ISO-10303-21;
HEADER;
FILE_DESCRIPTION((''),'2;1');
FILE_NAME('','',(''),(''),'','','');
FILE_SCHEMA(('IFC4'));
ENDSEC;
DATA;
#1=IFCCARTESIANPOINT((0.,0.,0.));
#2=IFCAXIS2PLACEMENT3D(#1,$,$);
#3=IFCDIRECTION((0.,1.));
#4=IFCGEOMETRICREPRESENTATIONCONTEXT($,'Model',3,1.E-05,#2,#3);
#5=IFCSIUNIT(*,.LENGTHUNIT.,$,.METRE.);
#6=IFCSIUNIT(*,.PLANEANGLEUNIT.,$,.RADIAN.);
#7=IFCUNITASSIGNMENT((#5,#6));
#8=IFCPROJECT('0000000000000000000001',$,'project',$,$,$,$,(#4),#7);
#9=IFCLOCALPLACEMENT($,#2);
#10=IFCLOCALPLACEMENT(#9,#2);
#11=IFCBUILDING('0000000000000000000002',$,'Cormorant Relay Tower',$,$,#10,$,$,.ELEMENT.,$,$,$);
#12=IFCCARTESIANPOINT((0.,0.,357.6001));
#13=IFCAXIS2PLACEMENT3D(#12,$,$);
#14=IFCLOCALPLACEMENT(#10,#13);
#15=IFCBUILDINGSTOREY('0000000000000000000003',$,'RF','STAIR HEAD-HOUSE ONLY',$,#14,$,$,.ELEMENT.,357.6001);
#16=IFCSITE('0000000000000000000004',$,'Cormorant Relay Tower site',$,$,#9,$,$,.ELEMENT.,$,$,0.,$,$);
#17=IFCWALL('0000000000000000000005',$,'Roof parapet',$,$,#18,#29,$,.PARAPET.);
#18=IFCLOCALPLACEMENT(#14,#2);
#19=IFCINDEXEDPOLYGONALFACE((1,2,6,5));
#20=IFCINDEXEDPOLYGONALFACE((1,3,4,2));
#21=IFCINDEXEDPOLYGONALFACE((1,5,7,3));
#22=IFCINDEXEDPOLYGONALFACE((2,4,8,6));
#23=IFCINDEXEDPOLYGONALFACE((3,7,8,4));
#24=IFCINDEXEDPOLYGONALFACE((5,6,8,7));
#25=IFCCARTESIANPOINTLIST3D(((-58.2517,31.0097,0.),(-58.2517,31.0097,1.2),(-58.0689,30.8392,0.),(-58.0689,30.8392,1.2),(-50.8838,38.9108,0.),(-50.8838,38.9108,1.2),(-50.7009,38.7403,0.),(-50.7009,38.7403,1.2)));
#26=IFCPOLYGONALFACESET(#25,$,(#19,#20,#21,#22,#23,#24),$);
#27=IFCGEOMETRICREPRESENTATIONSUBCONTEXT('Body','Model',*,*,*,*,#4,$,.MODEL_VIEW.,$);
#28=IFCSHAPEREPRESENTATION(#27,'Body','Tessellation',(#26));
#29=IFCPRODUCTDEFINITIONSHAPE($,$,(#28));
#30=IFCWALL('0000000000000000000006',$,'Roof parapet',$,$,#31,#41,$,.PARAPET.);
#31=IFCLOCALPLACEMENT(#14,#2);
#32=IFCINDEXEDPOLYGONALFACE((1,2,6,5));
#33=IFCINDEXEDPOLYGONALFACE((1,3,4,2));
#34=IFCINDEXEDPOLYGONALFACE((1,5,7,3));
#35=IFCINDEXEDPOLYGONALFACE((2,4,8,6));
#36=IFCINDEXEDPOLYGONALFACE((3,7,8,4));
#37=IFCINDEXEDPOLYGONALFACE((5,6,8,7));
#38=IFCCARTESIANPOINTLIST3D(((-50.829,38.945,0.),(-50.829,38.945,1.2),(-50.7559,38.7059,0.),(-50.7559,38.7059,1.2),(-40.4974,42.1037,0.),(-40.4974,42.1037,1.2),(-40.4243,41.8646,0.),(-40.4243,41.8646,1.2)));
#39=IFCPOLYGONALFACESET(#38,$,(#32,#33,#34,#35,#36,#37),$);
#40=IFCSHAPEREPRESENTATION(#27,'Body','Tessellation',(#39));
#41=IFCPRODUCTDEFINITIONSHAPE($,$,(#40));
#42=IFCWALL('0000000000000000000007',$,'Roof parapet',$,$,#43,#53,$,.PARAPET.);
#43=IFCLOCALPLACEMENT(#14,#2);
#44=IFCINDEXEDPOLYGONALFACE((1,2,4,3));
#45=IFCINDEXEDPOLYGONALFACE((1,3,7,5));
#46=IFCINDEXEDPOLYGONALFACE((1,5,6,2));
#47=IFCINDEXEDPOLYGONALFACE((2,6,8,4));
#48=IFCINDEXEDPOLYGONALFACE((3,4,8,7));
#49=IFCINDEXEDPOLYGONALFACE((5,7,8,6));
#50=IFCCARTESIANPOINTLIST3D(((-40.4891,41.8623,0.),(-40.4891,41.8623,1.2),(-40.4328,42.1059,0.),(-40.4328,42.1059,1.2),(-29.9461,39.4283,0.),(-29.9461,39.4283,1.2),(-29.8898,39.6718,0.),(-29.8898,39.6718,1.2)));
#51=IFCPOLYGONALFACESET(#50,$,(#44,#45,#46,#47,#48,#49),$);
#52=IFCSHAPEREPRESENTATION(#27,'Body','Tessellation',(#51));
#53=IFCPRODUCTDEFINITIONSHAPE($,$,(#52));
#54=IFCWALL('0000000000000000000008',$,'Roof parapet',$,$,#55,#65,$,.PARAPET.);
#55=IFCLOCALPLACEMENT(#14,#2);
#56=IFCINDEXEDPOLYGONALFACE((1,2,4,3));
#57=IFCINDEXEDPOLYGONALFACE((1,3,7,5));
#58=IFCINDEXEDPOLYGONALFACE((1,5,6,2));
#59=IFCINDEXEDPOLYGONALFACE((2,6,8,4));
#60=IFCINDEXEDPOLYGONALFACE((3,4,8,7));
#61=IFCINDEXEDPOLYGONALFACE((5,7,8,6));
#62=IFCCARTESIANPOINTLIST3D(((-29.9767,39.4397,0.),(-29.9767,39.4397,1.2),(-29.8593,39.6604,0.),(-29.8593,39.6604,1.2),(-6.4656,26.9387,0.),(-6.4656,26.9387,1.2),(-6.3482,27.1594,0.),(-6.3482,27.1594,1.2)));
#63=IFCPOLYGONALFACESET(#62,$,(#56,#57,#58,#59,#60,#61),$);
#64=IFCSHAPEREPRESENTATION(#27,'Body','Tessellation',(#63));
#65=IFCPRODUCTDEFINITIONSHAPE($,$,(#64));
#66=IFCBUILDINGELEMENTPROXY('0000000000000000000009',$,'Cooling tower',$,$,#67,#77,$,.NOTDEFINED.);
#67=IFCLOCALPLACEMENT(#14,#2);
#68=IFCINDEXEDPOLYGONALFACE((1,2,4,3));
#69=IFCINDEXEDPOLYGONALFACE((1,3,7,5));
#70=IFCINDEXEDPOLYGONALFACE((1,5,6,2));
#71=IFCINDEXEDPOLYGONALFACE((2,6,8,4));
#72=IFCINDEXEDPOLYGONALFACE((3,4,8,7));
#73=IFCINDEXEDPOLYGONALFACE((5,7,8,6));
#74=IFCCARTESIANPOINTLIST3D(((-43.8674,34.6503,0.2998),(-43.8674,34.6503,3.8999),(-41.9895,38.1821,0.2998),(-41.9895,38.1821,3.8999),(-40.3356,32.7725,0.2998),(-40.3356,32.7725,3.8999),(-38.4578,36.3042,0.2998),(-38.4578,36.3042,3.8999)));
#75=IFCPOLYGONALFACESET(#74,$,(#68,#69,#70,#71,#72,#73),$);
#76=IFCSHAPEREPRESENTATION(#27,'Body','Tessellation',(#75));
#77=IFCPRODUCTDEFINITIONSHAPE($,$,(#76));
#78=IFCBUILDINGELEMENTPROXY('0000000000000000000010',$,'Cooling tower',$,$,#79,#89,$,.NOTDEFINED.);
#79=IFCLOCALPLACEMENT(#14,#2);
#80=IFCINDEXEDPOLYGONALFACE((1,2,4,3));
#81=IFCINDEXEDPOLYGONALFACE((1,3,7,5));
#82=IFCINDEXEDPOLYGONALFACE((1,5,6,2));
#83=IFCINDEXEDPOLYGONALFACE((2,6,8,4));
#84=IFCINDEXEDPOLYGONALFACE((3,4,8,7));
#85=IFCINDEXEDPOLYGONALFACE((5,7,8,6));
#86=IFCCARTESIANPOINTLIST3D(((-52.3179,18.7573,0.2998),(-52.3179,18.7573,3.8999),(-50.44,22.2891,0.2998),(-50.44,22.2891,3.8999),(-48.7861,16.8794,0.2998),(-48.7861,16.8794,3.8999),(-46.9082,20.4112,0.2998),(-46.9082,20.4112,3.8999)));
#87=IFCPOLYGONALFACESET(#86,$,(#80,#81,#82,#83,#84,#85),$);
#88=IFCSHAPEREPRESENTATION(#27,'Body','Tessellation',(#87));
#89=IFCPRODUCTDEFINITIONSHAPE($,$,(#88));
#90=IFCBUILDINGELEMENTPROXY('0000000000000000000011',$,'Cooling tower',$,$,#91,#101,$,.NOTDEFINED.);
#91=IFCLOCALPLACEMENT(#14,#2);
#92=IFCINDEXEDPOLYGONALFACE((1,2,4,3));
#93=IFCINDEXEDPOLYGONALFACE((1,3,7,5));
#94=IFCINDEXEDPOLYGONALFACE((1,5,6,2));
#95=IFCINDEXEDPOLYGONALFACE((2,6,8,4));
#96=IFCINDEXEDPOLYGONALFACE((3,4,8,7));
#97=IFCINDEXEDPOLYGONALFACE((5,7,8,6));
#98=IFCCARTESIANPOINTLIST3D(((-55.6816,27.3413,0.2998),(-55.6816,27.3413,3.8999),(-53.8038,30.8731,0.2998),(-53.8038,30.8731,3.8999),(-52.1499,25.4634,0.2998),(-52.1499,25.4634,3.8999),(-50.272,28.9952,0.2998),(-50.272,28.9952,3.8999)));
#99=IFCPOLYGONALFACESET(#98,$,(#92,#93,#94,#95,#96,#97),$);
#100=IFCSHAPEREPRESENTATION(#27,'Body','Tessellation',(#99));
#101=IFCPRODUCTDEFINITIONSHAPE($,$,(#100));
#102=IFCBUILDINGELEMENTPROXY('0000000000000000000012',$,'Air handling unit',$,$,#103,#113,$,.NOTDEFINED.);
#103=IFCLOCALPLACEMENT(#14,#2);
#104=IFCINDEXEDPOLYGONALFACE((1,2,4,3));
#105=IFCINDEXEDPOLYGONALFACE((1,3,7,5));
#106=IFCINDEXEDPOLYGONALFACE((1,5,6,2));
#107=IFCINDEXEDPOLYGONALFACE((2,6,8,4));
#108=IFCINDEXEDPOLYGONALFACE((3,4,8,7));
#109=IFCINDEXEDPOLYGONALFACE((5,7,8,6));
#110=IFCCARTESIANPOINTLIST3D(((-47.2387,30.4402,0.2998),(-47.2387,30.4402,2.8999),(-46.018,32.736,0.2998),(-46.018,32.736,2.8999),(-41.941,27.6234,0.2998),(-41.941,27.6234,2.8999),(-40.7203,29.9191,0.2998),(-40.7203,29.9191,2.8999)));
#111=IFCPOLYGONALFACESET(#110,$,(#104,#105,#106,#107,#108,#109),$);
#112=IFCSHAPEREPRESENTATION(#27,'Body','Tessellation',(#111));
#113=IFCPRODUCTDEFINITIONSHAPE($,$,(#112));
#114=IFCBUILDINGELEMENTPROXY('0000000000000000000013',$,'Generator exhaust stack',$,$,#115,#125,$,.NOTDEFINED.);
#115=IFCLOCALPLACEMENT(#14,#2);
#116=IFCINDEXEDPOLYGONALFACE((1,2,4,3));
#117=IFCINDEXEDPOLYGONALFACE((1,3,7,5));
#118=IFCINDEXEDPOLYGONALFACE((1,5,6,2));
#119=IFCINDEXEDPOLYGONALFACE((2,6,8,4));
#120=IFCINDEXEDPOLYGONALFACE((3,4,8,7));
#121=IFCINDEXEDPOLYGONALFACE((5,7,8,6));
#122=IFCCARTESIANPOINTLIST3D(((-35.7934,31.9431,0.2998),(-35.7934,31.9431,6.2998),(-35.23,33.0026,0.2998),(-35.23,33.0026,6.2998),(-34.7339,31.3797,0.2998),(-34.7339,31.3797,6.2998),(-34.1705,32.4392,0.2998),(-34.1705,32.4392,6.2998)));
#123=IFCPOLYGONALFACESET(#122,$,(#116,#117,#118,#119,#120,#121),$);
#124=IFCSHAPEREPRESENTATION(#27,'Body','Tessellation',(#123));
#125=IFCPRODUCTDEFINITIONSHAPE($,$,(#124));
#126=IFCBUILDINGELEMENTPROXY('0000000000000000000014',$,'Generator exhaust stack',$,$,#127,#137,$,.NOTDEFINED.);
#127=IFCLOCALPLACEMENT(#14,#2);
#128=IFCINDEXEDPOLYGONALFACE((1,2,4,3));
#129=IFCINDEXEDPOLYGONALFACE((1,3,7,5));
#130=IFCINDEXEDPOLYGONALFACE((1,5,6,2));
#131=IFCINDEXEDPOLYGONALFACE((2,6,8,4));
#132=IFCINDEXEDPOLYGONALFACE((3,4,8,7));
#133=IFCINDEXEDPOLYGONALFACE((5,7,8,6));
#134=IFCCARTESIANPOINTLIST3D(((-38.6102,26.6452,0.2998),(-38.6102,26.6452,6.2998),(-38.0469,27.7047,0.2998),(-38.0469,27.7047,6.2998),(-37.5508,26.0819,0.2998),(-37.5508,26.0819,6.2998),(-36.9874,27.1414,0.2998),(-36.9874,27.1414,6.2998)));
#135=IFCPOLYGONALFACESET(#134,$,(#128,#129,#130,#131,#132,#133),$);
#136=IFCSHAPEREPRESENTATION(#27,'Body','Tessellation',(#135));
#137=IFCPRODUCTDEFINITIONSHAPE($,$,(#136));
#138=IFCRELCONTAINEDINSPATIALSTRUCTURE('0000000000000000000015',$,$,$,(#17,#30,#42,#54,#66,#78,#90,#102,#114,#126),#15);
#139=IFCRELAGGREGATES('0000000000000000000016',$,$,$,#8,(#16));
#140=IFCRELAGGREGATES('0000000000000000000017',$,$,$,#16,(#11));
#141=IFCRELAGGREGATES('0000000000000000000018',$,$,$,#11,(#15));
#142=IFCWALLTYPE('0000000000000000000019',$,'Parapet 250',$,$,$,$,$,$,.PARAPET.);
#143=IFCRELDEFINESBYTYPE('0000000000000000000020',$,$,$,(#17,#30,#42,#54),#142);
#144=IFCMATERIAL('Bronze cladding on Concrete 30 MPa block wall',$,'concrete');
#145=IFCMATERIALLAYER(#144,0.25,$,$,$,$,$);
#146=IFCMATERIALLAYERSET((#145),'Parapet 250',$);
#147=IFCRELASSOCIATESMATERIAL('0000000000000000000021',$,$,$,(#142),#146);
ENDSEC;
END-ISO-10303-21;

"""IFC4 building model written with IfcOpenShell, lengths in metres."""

from ifc_helpers import new_model, si_unit, direction, frame, frame_2d, origin, origin_2d, place, context, subcontext, project, spatial, rectangle, extrude, material, layer, layer_set, type_object, element, save


model = new_model("IFC4")

# Units and contexts
model_context = context("Model", 3, precision=1e-05, world=origin(), true_north=direction((0.0, 1.0)))
body_context = subcontext(model_context, "Body", "Model", "MODEL_VIEW")
ifc_project = project(units=[si_unit("LENGTHUNIT", "METRE"), si_unit("PLANEANGLEUNIT", "RADIAN")], contexts=[model_context])

# Site, building, storey
site_placement = place(None, origin())
site = spatial("IfcSite", under=ifc_project, at=site_placement, Name="Cormorant Relay Tower site", CompositionType="ELEMENT", RefElevation=0.0)
building_placement = place(site_placement, origin())
building = spatial("IfcBuilding", under=site, at=building_placement, Name="Cormorant Relay Tower", CompositionType="ELEMENT")
storey_placement = place(building_placement, frame((0.0, 0.0, 357.6001)))
storey = spatial("IfcBuildingStorey", under=building, at=storey_placement, Name="RF", Description="STAIR HEAD-HOUSE ONLY", CompositionType="ELEMENT", Elevation=357.6001)

# Walls
ifc_material_1 = material(Name="Bronze cladding on Concrete 30 MPa block wall", Category="concrete")
ifc_layer_1 = layer(ifc_material_1, 0.25)
ifc_layer_set_1 = layer_set([ifc_layer_1], Name="Parapet 250")
wall_type_1 = type_object("IfcWallType", Name="Parapet 250", PredefinedType="PARAPET", material=ifc_layer_set_1)
for number, where, z_axis, x_axis, name in (
    (1, (-58.1604, 30.9243, 0.0), (0.0, 0.0, 1.0), (0.681999, 0.731354, 0.0), "Roof parapet"),
):
    element("IfcWall", number, at=place(storey_placement, frame(where, z_axis=z_axis, x_axis=x_axis)), inside=storey, type_object=wall_type_1, Name=name, PredefinedType="PARAPET", context=body_context, shape_type="SweptSolid", body=[
        extrude(rectangle(XDim=10.8035, YDim=0.25, at=frame_2d((5.4019, 0.0))), origin(), (0.0, 0.0, 1.0), 1.2),
    ])
wall_1_placement = place(storey_placement, frame((-50.7925, 38.8254, 0.0), z_axis=(0.0, 0.0, 1.0), x_axis=(0.956304, 0.292374, 0.0)))
element("IfcWall", 2, at=wall_1_placement, inside=storey, type_object=wall_type_1, Name="Roof parapet", PredefinedType="PARAPET", context=body_context, shape_type="SweptSolid", body=[
    extrude(rectangle(XDim=10.8037, YDim=0.25, at=frame_2d((5.4019, 0.0))), origin(), (0.0, 0.0, 1.0), 1.2),
])
wall_2_placement = place(storey_placement, frame((-40.4609, 41.9841, 0.0), z_axis=(0.0, 0.0, 1.0), x_axis=(0.974369, -0.224955, 0.0)))
element("IfcWall", 3, at=wall_2_placement, inside=storey, type_object=wall_type_1, Name="Roof parapet", PredefinedType="PARAPET", context=body_context, shape_type="SweptSolid", body=[
    extrude(rectangle(XDim=10.8203, YDim=0.25, at=frame_2d((5.4102, 0.0))), origin(), (0.0, 0.0, 1.0), 1.2),
])
wall_3_placement = place(storey_placement, frame((-29.918, 39.55, 0.0), z_axis=(0.0, 0.0, 1.0), x_axis=(0.882948, -0.46947, 0.0)))
element("IfcWall", 4, at=wall_3_placement, inside=storey, type_object=wall_type_1, Name="Roof parapet", PredefinedType="PARAPET", context=body_context, shape_type="SweptSolid", body=[
    extrude(rectangle(XDim=26.6279, YDim=0.25, at=frame_2d((13.314, 0.0))), origin(), (0.0, 0.0, 1.0), 1.2),
])

# Building element proxies
for number, where, z_axis, x_axis, name in (
    (5, (-41.1626, 35.4773, 0.2998), (0.0, 0.0, 1.0), (-0.882948, 0.469472, 0.0), "Cooling tower"),
    (6, (-49.613, 19.5842, 0.2998), (0.0, 0.0, 1.0), (-0.882948, 0.469472, 0.0), "Cooling tower"),
    (7, (-52.9768, 28.1682, 0.2998), (0.0, 0.0, 1.0), (-0.882948, 0.469472, 0.0), "Cooling tower"),
):
    element("IfcBuildingElementProxy", number, at=place(storey_placement, frame(where, z_axis=z_axis, x_axis=x_axis)), inside=storey, Name=name, PredefinedType="NOTDEFINED", context=body_context, shape_type="SweptSolid", body=[
        extrude(rectangle(XDim=4.0, YDim=4.0, at=origin_2d()), origin(), (0.0, 0.0, 1.0), 3.6001),
    ])
proxy_placement = place(storey_placement, frame((-43.9795, 30.1797, 0.2998), z_axis=(0.0, 0.0, 1.0), x_axis=(-0.882948, 0.469472, 0.0)))
element("IfcBuildingElementProxy", 8, at=proxy_placement, inside=storey, Name="Air handling unit", PredefinedType="NOTDEFINED", context=body_context, shape_type="SweptSolid", body=[
    extrude(rectangle(XDim=6.0, YDim=2.6001, at=origin_2d()), origin(), (0.0, 0.0, 1.0), 2.6001),
])
for number, where, z_axis, x_axis, name in (
    (9, (-34.9819, 32.1912, 0.2998), (0.0, 0.0, 1.0), (-0.882948, 0.469472, 0.0), "Generator exhaust stack"),
    (10, (-37.7988, 26.8933, 0.2998), (0.0, 0.0, 1.0), (-0.882948, 0.469472, 0.0), "Generator exhaust stack"),
):
    element("IfcBuildingElementProxy", number, at=place(storey_placement, frame(where, z_axis=z_axis, x_axis=x_axis)), inside=storey, Name=name, PredefinedType="NOTDEFINED", context=body_context, shape_type="SweptSolid", body=[
        extrude(rectangle(XDim=1.2, YDim=1.2, at=origin_2d()), origin(), (0.0, 0.0, 1.0), 6.0),
    ])

save(model, "model.ifc")
